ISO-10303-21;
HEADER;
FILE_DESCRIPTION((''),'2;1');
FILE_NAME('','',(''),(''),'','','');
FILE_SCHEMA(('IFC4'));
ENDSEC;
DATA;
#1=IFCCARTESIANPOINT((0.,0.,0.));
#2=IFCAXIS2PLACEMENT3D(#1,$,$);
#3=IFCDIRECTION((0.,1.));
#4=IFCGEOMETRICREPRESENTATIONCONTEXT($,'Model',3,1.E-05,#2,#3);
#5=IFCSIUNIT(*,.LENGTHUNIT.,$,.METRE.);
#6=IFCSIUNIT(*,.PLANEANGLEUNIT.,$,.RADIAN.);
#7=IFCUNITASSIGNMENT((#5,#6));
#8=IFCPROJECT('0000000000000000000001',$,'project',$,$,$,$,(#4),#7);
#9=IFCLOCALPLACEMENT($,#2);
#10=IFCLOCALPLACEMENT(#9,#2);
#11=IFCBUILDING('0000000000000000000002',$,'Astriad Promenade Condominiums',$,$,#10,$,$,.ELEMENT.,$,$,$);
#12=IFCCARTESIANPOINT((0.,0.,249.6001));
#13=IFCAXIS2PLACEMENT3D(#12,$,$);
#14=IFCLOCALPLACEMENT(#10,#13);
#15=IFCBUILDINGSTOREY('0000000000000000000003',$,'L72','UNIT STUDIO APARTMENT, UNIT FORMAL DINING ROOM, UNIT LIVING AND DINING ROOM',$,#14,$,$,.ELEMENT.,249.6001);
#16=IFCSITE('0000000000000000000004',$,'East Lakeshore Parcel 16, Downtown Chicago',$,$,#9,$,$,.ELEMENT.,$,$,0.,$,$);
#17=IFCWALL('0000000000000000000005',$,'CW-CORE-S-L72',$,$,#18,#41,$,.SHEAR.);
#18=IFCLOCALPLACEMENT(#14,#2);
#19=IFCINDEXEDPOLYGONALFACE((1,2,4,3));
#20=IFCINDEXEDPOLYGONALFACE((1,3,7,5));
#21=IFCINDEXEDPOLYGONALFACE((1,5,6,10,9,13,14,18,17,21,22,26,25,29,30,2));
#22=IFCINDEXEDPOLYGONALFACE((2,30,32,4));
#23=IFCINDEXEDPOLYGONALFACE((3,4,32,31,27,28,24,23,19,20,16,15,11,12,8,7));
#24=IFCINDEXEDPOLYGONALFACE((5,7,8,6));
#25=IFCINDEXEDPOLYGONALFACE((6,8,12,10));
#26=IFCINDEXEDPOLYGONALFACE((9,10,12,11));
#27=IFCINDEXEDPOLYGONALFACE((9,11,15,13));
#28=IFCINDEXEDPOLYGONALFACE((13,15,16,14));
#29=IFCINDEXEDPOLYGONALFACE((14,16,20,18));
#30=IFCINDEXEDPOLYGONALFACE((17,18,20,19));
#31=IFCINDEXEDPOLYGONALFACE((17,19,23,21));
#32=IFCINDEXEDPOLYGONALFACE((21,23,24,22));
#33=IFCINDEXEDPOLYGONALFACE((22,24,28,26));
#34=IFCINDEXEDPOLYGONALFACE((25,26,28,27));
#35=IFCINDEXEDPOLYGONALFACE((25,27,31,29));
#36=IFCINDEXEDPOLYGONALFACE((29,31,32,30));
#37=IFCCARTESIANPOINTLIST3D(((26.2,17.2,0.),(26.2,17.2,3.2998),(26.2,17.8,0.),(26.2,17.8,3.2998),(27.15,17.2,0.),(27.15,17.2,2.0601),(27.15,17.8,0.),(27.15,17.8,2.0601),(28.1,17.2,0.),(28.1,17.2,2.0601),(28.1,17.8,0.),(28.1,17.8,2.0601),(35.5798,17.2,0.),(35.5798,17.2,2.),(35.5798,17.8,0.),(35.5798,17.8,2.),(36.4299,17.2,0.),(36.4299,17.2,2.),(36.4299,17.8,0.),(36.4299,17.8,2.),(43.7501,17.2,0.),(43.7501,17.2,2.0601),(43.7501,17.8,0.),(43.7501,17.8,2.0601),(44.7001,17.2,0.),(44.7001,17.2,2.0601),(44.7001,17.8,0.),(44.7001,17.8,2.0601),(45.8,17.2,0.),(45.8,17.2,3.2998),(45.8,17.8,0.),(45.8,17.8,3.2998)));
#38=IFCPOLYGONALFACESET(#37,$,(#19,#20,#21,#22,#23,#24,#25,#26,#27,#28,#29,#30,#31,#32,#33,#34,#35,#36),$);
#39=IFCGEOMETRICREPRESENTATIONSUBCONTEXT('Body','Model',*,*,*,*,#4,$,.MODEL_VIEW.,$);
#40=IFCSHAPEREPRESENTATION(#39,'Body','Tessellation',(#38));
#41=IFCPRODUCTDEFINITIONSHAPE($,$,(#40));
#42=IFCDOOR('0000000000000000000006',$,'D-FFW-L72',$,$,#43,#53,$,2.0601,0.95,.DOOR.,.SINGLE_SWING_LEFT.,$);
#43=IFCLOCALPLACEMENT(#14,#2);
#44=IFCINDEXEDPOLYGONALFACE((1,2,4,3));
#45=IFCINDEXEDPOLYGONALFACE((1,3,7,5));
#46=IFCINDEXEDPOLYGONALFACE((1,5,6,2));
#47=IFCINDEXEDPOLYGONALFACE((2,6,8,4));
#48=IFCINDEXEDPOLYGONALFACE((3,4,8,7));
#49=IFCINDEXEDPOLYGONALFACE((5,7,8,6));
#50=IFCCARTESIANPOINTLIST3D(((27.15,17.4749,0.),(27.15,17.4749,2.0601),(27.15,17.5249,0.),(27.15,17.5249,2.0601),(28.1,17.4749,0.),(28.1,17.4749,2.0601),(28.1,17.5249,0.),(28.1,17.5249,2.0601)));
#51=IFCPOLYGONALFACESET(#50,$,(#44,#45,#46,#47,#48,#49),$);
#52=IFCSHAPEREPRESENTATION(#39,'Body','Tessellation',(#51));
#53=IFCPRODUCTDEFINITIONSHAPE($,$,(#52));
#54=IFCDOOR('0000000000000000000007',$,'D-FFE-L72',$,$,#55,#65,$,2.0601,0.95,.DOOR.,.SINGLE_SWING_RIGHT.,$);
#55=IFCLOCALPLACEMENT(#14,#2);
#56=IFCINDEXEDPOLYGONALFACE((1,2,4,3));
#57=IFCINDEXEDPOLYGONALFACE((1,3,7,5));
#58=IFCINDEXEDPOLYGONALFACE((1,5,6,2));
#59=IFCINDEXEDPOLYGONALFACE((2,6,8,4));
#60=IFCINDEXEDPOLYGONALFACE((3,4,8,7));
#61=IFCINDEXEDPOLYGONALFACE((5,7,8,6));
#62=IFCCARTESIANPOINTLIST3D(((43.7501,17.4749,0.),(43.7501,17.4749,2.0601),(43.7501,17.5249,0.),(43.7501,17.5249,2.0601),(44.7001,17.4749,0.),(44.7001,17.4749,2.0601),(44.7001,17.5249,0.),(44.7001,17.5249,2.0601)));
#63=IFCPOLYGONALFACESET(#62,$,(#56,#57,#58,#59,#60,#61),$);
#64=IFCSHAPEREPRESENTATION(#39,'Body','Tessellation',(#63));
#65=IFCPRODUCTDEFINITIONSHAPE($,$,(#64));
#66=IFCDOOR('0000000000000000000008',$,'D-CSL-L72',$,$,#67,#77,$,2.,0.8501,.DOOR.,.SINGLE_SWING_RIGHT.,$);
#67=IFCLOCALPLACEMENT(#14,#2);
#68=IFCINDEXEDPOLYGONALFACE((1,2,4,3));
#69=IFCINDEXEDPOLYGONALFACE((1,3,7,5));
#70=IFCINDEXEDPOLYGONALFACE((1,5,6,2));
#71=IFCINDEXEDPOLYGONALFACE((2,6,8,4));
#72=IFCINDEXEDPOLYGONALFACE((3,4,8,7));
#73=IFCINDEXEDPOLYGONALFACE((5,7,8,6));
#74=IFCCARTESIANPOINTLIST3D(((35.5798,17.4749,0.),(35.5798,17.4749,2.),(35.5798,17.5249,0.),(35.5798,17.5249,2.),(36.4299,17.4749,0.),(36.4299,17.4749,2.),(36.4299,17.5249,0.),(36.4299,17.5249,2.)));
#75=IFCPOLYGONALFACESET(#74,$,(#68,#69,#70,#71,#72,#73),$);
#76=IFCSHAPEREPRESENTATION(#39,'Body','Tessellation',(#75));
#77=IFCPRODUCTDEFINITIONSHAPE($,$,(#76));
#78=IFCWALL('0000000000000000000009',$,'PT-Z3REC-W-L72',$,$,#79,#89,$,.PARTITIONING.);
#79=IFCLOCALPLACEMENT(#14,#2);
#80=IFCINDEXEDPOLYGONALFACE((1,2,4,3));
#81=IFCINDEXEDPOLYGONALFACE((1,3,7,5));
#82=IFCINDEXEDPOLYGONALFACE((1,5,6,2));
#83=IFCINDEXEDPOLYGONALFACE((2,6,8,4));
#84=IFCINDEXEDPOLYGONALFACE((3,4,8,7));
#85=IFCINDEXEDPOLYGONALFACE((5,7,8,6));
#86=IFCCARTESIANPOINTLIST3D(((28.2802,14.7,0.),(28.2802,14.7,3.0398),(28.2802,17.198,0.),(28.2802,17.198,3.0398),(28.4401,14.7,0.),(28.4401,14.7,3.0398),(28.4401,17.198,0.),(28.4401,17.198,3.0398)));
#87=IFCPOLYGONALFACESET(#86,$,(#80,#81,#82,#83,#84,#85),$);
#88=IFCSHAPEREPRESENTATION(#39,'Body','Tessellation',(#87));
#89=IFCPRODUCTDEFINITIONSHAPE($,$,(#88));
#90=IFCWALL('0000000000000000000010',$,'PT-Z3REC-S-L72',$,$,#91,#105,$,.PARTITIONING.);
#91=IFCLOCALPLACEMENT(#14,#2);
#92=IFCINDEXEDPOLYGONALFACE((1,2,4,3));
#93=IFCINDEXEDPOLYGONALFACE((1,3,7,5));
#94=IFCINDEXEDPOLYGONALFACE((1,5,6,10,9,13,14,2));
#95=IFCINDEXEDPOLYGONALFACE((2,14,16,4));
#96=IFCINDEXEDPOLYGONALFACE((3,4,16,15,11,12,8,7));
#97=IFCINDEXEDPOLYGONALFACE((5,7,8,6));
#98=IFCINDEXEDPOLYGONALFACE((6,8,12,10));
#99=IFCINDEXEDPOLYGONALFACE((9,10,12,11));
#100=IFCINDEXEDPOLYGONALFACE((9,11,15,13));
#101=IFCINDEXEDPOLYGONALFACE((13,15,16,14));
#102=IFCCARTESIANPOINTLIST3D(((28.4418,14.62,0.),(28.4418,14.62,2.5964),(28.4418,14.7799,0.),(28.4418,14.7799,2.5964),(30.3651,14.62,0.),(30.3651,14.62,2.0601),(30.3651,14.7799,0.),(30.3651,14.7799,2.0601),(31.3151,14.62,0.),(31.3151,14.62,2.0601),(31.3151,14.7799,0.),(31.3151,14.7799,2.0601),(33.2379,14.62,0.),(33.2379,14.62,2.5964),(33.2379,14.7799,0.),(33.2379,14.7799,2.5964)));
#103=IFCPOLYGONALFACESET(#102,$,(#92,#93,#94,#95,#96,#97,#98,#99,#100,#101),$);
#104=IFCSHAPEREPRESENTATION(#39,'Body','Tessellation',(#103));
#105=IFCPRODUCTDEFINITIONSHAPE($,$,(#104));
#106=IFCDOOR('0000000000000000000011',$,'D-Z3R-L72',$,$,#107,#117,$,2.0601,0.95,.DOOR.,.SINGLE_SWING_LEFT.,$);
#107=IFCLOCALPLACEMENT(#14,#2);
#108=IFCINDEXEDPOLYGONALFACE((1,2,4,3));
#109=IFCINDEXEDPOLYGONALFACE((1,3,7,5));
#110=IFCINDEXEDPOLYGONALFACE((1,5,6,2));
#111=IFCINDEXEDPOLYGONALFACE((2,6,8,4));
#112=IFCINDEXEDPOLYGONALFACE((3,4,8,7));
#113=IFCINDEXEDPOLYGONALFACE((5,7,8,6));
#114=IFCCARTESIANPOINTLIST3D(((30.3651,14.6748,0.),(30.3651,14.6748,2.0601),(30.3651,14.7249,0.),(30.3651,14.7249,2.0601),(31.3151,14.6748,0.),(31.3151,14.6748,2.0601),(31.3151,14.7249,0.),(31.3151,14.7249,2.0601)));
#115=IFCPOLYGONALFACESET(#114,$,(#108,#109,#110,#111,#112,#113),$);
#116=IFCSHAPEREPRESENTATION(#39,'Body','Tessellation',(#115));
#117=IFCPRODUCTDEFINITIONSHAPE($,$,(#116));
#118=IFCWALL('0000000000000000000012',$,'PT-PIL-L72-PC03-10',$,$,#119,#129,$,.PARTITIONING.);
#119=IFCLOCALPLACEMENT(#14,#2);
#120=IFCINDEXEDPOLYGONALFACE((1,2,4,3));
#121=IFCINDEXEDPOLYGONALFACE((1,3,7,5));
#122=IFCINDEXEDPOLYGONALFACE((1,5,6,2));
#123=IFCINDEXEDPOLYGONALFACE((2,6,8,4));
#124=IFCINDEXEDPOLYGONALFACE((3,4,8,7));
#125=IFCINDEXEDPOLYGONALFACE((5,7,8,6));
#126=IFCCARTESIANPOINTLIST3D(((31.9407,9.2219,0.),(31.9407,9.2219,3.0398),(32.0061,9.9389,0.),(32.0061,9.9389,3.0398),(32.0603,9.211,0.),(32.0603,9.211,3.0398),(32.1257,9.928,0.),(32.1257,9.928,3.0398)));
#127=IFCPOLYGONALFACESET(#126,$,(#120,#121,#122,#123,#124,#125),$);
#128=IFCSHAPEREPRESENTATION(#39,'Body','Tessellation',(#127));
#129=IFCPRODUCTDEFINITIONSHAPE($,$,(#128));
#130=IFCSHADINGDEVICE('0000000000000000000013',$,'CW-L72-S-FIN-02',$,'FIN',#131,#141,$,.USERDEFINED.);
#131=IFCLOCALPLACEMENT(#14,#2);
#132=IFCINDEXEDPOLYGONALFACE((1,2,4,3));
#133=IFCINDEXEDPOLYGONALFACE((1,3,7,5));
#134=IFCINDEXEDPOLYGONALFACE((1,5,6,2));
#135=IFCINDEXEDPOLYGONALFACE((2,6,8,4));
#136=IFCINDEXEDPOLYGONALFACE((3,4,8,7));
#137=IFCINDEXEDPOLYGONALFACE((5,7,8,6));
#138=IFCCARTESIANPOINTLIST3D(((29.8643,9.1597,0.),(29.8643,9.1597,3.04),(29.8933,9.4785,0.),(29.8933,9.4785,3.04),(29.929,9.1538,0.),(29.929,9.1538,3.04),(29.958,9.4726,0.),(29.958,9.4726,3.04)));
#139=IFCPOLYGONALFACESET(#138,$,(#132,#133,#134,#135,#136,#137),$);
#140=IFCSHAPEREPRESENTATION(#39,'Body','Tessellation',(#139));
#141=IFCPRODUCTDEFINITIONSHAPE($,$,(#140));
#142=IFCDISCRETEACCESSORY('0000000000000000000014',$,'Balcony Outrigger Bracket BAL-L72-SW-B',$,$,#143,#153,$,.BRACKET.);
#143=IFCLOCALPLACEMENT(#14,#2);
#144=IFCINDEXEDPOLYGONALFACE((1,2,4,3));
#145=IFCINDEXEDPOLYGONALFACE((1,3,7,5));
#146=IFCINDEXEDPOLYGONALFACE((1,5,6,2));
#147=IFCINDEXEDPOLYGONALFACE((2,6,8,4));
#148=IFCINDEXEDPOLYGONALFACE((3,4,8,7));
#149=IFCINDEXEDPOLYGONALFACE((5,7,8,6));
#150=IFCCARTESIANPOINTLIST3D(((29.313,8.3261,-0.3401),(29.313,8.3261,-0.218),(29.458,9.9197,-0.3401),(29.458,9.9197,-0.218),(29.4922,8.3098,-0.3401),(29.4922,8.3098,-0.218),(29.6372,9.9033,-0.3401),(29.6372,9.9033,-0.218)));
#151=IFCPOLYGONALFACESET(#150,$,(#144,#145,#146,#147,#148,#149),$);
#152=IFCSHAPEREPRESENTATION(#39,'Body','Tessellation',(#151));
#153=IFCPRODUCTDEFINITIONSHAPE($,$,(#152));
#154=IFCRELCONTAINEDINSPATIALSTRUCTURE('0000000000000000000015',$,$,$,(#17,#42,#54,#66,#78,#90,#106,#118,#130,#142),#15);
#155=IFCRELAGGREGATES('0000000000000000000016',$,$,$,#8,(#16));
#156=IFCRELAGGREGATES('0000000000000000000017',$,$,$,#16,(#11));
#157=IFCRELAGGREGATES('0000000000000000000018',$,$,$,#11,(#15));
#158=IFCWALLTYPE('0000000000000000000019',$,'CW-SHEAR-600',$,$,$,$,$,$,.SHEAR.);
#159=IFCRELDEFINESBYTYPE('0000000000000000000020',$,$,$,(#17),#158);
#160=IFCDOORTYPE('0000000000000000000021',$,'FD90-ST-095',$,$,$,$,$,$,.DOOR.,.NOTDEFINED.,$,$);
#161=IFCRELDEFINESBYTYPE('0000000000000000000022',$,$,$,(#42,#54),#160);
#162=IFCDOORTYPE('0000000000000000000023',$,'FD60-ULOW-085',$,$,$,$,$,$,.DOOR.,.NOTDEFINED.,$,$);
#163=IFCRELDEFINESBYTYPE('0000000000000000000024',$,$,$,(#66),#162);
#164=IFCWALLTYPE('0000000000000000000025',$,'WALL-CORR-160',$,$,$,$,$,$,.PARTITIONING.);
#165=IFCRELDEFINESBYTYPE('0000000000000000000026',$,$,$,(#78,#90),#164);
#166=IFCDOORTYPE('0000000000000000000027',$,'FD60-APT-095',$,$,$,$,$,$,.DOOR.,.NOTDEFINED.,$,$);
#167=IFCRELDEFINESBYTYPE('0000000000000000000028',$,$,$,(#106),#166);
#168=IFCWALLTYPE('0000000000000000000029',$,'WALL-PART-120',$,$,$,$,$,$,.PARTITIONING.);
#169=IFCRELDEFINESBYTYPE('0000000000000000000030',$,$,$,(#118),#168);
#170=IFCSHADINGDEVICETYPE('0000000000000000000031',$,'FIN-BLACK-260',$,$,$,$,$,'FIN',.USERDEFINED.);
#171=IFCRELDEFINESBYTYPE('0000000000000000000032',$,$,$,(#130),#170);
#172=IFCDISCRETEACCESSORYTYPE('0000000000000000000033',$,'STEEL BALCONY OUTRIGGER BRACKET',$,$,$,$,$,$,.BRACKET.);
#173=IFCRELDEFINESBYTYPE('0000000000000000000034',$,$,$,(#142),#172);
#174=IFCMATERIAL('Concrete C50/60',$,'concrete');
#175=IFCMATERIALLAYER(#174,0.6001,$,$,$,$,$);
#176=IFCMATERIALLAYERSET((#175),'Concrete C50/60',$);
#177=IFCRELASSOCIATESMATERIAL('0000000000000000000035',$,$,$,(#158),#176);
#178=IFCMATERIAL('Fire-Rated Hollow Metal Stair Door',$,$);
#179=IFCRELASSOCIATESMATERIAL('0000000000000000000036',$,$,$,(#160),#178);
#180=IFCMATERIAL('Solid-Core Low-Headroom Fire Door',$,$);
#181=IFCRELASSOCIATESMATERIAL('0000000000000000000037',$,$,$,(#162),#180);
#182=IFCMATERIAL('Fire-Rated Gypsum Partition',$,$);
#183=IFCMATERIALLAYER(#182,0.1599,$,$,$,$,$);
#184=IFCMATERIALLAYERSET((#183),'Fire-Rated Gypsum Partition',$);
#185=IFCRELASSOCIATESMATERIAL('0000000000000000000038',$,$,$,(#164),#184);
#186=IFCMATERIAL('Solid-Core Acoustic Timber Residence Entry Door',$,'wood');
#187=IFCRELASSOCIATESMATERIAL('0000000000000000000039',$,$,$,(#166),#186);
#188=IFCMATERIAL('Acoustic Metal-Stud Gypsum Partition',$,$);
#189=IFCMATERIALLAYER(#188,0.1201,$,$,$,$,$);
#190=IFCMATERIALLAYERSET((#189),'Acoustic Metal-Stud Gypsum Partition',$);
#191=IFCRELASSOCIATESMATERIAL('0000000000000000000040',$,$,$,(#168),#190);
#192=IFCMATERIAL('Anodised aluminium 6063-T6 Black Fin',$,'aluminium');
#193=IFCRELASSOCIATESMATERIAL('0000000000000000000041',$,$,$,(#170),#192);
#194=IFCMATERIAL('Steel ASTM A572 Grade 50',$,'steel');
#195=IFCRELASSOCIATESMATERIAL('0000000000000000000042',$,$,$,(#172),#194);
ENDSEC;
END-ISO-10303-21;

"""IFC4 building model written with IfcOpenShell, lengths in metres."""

from ifc_helpers import new_model, si_unit, direction, frame, frame_2d, origin, origin_2d, place, context, subcontext, project, spatial, rectangle, extrude, source, transform, mapped, material, layer, layer_set, type_object, type_shapes, element, fill, save


model = new_model("IFC4")

# Units and contexts
model_context = context("Model", 3, precision=1e-05, world=origin(), true_north=direction((0.0, 1.0)))
body_context = subcontext(model_context, "Body", "Model", "MODEL_VIEW")
ifc_project = project(units=[si_unit("LENGTHUNIT", "METRE"), si_unit("PLANEANGLEUNIT", "RADIAN")], contexts=[model_context])

# Site, building, storey
site_placement = place(None, origin())
site = spatial("IfcSite", under=ifc_project, at=site_placement, Name="East Lakeshore Parcel 16, Downtown Chicago", CompositionType="ELEMENT", RefElevation=0.0)
building_placement = place(site_placement, origin())
building = spatial("IfcBuilding", under=site, at=building_placement, Name="Astriad Promenade Condominiums", CompositionType="ELEMENT")
storey_placement = place(building_placement, frame((0.0, 0.0, 249.6001)))
storey = spatial("IfcBuildingStorey", under=building, at=storey_placement, Name="L72", Description="UNIT STUDIO APARTMENT, UNIT FORMAL DINING ROOM, UNIT LIVING AND DINING ROOM", CompositionType="ELEMENT", Elevation=249.6001)

# Wall, openings, doors
ifc_material_1 = material(Name="Concrete C50/60", Category="concrete")
ifc_layer_1 = layer(ifc_material_1, 0.6001)
ifc_layer_set_1 = layer_set([ifc_layer_1], Name="Concrete C50/60")
wall_type_1 = type_object("IfcWallType", Name="CW-SHEAR-600", PredefinedType="SHEAR", material=ifc_layer_set_1)
wall_1_placement = place(storey_placement, frame((26.2, 17.5, 0.0), z_axis=(0.0, 0.0, 1.0), x_axis=(1.0, 0.0, 0.0)))
wall_1 = element("IfcWall", 1, at=wall_1_placement, inside=storey, type_object=wall_type_1, Name="CW-CORE-S-L72", PredefinedType="SHEAR", context=body_context, shape_type="SweptSolid", body=[
    extrude(rectangle(XDim=19.6001, YDim=0.6001, at=frame_2d((9.8, 0.0))), origin(), (0.0, 0.0, 1.0), 3.2998),
])
opening_1_placement = place(wall_1_placement, frame((0.95, 0.0, 0.0)))
opening_1 = element("IfcOpeningElement", 2, at=opening_1_placement, cuts=wall_1, PredefinedType="OPENING", context=body_context, shape_type="SweptSolid", body=[
    extrude(rectangle(XDim=0.95, YDim=2.0601, at=frame_2d((0.4751, 1.03))), frame((0.0, 0.3101, 0.0), z_axis=(0.0, -1.0, 0.0), x_axis=(1.0, 0.0, 0.0)), (0.0, 0.0, 1.0), 0.6201),
])
opening_2_placement = place(wall_1_placement, frame((9.3799, 0.0, 0.0)))
opening_2 = element("IfcOpeningElement", 3, at=opening_2_placement, cuts=wall_1, PredefinedType="OPENING", context=body_context, shape_type="SweptSolid", body=[
    extrude(rectangle(XDim=0.8501, YDim=2.0, at=frame_2d((0.425, 1.0))), frame((0.0, 0.3101, 0.0), z_axis=(0.0, -1.0, 0.0), x_axis=(1.0, 0.0, 0.0)), (0.0, 0.0, 1.0), 0.6201),
])
opening_3_placement = place(wall_1_placement, frame((17.55, 0.0, 0.0)))
opening_3 = element("IfcOpeningElement", 4, at=opening_3_placement, cuts=wall_1, PredefinedType="OPENING", context=body_context, shape_type="SweptSolid", body=[
    extrude(rectangle(XDim=0.95, YDim=2.0601, at=frame_2d((0.4751, 1.03))), frame((0.0, 0.3101, 0.0), z_axis=(0.0, -1.0, 0.0), x_axis=(1.0, 0.0, 0.0)), (0.0, 0.0, 1.0), 0.6201),
])
ifc_material_2 = material(Name="Fire-Rated Hollow Metal Stair Door")
door_type_1 = type_object("IfcDoorType", Name="FD90-ST-095", OperationType="NOTDEFINED", PredefinedType="DOOR", material=ifc_material_2)
shared_shape_1 = source(origin(), body_context, "Body", "SweptSolid", [
    extrude(rectangle(XDim=0.95, YDim=2.0601, at=frame_2d((0.4751, 1.03))), frame((0.0, 0.0249, 0.0), z_axis=(0.0, -1.0, 0.0), x_axis=(1.0, 0.0, 0.0)), (0.0, 0.0, 1.0), 0.05),
])
type_shapes(door_type_1, [shared_shape_1])
door_1_placement = place(opening_1_placement, origin())
door_1 = element("IfcDoor", 5, at=door_1_placement, inside=storey, type_object=door_type_1, Name="D-FFW-L72", OperationType="SINGLE_SWING_LEFT", OverallHeight=2.0601, OverallWidth=0.95, PredefinedType="DOOR", context=body_context, shape_type="MappedRepresentation", body=[
    mapped(shared_shape_1, transform((0.0, 0.0, 0.0), scale=1.0)),
])
fill(opening_1, door_1)
door_2_placement = place(opening_3_placement, origin())
door_2 = element("IfcDoor", 6, at=door_2_placement, inside=storey, type_object=door_type_1, Name="D-FFE-L72", OperationType="SINGLE_SWING_RIGHT", OverallHeight=2.0601, OverallWidth=0.95, PredefinedType="DOOR", context=body_context, shape_type="MappedRepresentation", body=[
    mapped(shared_shape_1, transform((0.0, 0.0, 0.0), scale=1.0)),
])
fill(opening_3, door_2)
ifc_material_3 = material(Name="Solid-Core Low-Headroom Fire Door")
door_type_2 = type_object("IfcDoorType", Name="FD60-ULOW-085", OperationType="NOTDEFINED", PredefinedType="DOOR", material=ifc_material_3)
shared_shape_2 = source(origin(), body_context, "Body", "SweptSolid", [
    extrude(rectangle(XDim=0.8501, YDim=2.0, at=frame_2d((0.425, 1.0))), frame((0.0, 0.0249, 0.0), z_axis=(0.0, -1.0, 0.0), x_axis=(1.0, 0.0, 0.0)), (0.0, 0.0, 1.0), 0.05),
])
type_shapes(door_type_2, [shared_shape_2])
door_3_placement = place(opening_2_placement, origin())
door_3 = element("IfcDoor", 7, at=door_3_placement, inside=storey, type_object=door_type_2, Name="D-CSL-L72", OperationType="SINGLE_SWING_RIGHT", OverallHeight=2.0, OverallWidth=0.8501, PredefinedType="DOOR", context=body_context, shape_type="MappedRepresentation", body=[
    mapped(shared_shape_2, transform((0.0, 0.0, 0.0), scale=1.0)),
])
fill(opening_2, door_3)

# Wall
ifc_material_4 = material(Name="Fire-Rated Gypsum Partition")
ifc_layer_2 = layer(ifc_material_4, 0.1599)
ifc_layer_set_2 = layer_set([ifc_layer_2], Name="Fire-Rated Gypsum Partition")
wall_type_2 = type_object("IfcWallType", Name="WALL-CORR-160", PredefinedType="PARTITIONING", material=ifc_layer_set_2)
wall_2_placement = place(storey_placement, frame((28.3601, 14.7, 0.0), z_axis=(0.0, 0.0, 1.0), x_axis=(0.0, 1.0, 0.0)))
element("IfcWall", 8, at=wall_2_placement, inside=storey, type_object=wall_type_2, Name="PT-Z3REC-W-L72", PredefinedType="PARTITIONING", context=body_context, shape_type="SweptSolid", body=[
    extrude(rectangle(XDim=2.498, YDim=0.1599, at=frame_2d((1.249, 0.0))), origin(), (0.0, 0.0, 1.0), 3.0398),
])

# Wall, opening, door
wall_3_placement = place(storey_placement, frame((28.4419, 14.7, 0.0), z_axis=(0.0, 0.0, 1.0), x_axis=(1.0, 0.0, 0.0)))
wall_3 = element("IfcWall", 9, at=wall_3_placement, inside=storey, type_object=wall_type_2, Name="PT-Z3REC-S-L72", PredefinedType="PARTITIONING", context=body_context, shape_type="SweptSolid", body=[
    extrude(rectangle(XDim=4.7961, YDim=0.1599, at=frame_2d((2.3979, 0.0))), origin(), (0.0, 0.0, 1.0), 2.5964),
])
opening_4_placement = place(wall_3_placement, frame((1.9231, 0.0, 0.0)))
opening_4 = element("IfcOpeningElement", 10, at=opening_4_placement, cuts=wall_3, PredefinedType="OPENING", context=body_context, shape_type="SweptSolid", body=[
    extrude(rectangle(XDim=0.95, YDim=2.0601, at=frame_2d((0.4751, 1.03))), frame((0.0, 0.0898, 0.0), z_axis=(0.0, -1.0, 0.0), x_axis=(1.0, 0.0, 0.0)), (0.0, 0.0, 1.0), 0.1799),
])
ifc_material_5 = material(Name="Solid-Core Acoustic Timber Residence Entry Door", Category="wood")
door_type_3 = type_object("IfcDoorType", Name="FD60-APT-095", OperationType="NOTDEFINED", PredefinedType="DOOR", material=ifc_material_5)
shared_shape_3 = source(origin(), body_context, "Body", "SweptSolid", [
    extrude(rectangle(XDim=0.95, YDim=2.0601, at=frame_2d((0.4751, 1.03))), frame((0.0, 0.0249, 0.0), z_axis=(0.0, -1.0, 0.0), x_axis=(1.0, 0.0, 0.0)), (0.0, 0.0, 1.0), 0.05),
])
type_shapes(door_type_3, [shared_shape_3])
door_4_placement = place(opening_4_placement, origin())
door_4 = element("IfcDoor", 11, at=door_4_placement, inside=storey, type_object=door_type_3, Name="D-Z3R-L72", OperationType="SINGLE_SWING_LEFT", OverallHeight=2.0601, OverallWidth=0.95, PredefinedType="DOOR", context=body_context, shape_type="MappedRepresentation", body=[
    mapped(shared_shape_3, transform((0.0, 0.0, 0.0), scale=1.0)),
])
fill(opening_4, door_4)

# Wall
ifc_material_6 = material(Name="Acoustic Metal-Stud Gypsum Partition")
ifc_layer_3 = layer(ifc_material_6, 0.1201)
ifc_layer_set_3 = layer_set([ifc_layer_3], Name="Acoustic Metal-Stud Gypsum Partition")
wall_type_3 = type_object("IfcWallType", Name="WALL-PART-120", PredefinedType="PARTITIONING", material=ifc_layer_set_3)
wall_4_placement = place(storey_placement, frame((32.0659, 9.9333, 0.0), z_axis=(0.0, 0.0, 1.0), x_axis=(-0.090872, -0.995863, 0.0)))
element("IfcWall", 12, at=wall_4_placement, inside=storey, type_object=wall_type_3, Name="PT-PIL-L72-PC03-10", PredefinedType="PARTITIONING", context=body_context, shape_type="SweptSolid", body=[
    extrude(rectangle(XDim=0.72, YDim=0.1201, at=frame_2d((0.3599, 0.0))), origin(), (0.0, 0.0, 1.0), 3.0398),
])

# Shading device
ifc_material_7 = material(Name="Anodised aluminium 6063-T6 Black Fin", Category="aluminium")
shading_device_type = type_object("IfcShadingDeviceType", Name="FIN-BLACK-260", ElementType="FIN", PredefinedType="USERDEFINED", material=ifc_material_7)
shared_shape_4 = source(origin(), body_context, "Body", "SweptSolid", [
    extrude(rectangle(XDim=0.0649, YDim=0.3201, at=origin_2d()), origin(), (0.0, 0.0, 1.0), 3.04),
])
type_shapes(shading_device_type, [shared_shape_4])
shading_device_placement = place(storey_placement, frame((29.9111, 9.3162, 0.0), z_axis=(0.0, 0.0, 1.0), x_axis=(-0.995884, 0.090633, 0.0)))
element("IfcShadingDevice", 13, at=shading_device_placement, inside=storey, type_object=shading_device_type, Name="CW-L72-S-FIN-02", ObjectType="FIN", PredefinedType="USERDEFINED", context=body_context, shape_type="MappedRepresentation", body=[
    mapped(shared_shape_4, transform((0.0, 0.0, 0.0), scale=1.0)),
])

# Discrete accessory
ifc_material_8 = material(Name="Steel ASTM A572 Grade 50", Category="steel")
discrete_accessory_type = type_object("IfcDiscreteAccessoryType", Name="STEEL BALCONY OUTRIGGER BRACKET", PredefinedType="BRACKET", material=ifc_material_8)
shared_shape_5 = source(origin(), body_context, "Body", "SweptSolid", [
    extrude(rectangle(XDim=1.6001, YDim=0.1799, at=origin_2d()), origin(), (0.0, 0.0, 1.0), 0.1221),
])
type_shapes(discrete_accessory_type, [shared_shape_5])
discrete_accessory_placement = place(storey_placement, frame((29.4751, 9.1147, -0.3401), z_axis=(0.0, 0.0, 1.0), x_axis=(-0.090633, -0.995884, 0.0)))
element("IfcDiscreteAccessory", 14, at=discrete_accessory_placement, inside=storey, type_object=discrete_accessory_type, Name="Balcony Outrigger Bracket BAL-L72-SW-B", PredefinedType="BRACKET", context=body_context, shape_type="MappedRepresentation", body=[
    mapped(shared_shape_5, transform((0.0, 0.0, 0.0), scale=1.0)),
])

save(model, "model.ifc")
